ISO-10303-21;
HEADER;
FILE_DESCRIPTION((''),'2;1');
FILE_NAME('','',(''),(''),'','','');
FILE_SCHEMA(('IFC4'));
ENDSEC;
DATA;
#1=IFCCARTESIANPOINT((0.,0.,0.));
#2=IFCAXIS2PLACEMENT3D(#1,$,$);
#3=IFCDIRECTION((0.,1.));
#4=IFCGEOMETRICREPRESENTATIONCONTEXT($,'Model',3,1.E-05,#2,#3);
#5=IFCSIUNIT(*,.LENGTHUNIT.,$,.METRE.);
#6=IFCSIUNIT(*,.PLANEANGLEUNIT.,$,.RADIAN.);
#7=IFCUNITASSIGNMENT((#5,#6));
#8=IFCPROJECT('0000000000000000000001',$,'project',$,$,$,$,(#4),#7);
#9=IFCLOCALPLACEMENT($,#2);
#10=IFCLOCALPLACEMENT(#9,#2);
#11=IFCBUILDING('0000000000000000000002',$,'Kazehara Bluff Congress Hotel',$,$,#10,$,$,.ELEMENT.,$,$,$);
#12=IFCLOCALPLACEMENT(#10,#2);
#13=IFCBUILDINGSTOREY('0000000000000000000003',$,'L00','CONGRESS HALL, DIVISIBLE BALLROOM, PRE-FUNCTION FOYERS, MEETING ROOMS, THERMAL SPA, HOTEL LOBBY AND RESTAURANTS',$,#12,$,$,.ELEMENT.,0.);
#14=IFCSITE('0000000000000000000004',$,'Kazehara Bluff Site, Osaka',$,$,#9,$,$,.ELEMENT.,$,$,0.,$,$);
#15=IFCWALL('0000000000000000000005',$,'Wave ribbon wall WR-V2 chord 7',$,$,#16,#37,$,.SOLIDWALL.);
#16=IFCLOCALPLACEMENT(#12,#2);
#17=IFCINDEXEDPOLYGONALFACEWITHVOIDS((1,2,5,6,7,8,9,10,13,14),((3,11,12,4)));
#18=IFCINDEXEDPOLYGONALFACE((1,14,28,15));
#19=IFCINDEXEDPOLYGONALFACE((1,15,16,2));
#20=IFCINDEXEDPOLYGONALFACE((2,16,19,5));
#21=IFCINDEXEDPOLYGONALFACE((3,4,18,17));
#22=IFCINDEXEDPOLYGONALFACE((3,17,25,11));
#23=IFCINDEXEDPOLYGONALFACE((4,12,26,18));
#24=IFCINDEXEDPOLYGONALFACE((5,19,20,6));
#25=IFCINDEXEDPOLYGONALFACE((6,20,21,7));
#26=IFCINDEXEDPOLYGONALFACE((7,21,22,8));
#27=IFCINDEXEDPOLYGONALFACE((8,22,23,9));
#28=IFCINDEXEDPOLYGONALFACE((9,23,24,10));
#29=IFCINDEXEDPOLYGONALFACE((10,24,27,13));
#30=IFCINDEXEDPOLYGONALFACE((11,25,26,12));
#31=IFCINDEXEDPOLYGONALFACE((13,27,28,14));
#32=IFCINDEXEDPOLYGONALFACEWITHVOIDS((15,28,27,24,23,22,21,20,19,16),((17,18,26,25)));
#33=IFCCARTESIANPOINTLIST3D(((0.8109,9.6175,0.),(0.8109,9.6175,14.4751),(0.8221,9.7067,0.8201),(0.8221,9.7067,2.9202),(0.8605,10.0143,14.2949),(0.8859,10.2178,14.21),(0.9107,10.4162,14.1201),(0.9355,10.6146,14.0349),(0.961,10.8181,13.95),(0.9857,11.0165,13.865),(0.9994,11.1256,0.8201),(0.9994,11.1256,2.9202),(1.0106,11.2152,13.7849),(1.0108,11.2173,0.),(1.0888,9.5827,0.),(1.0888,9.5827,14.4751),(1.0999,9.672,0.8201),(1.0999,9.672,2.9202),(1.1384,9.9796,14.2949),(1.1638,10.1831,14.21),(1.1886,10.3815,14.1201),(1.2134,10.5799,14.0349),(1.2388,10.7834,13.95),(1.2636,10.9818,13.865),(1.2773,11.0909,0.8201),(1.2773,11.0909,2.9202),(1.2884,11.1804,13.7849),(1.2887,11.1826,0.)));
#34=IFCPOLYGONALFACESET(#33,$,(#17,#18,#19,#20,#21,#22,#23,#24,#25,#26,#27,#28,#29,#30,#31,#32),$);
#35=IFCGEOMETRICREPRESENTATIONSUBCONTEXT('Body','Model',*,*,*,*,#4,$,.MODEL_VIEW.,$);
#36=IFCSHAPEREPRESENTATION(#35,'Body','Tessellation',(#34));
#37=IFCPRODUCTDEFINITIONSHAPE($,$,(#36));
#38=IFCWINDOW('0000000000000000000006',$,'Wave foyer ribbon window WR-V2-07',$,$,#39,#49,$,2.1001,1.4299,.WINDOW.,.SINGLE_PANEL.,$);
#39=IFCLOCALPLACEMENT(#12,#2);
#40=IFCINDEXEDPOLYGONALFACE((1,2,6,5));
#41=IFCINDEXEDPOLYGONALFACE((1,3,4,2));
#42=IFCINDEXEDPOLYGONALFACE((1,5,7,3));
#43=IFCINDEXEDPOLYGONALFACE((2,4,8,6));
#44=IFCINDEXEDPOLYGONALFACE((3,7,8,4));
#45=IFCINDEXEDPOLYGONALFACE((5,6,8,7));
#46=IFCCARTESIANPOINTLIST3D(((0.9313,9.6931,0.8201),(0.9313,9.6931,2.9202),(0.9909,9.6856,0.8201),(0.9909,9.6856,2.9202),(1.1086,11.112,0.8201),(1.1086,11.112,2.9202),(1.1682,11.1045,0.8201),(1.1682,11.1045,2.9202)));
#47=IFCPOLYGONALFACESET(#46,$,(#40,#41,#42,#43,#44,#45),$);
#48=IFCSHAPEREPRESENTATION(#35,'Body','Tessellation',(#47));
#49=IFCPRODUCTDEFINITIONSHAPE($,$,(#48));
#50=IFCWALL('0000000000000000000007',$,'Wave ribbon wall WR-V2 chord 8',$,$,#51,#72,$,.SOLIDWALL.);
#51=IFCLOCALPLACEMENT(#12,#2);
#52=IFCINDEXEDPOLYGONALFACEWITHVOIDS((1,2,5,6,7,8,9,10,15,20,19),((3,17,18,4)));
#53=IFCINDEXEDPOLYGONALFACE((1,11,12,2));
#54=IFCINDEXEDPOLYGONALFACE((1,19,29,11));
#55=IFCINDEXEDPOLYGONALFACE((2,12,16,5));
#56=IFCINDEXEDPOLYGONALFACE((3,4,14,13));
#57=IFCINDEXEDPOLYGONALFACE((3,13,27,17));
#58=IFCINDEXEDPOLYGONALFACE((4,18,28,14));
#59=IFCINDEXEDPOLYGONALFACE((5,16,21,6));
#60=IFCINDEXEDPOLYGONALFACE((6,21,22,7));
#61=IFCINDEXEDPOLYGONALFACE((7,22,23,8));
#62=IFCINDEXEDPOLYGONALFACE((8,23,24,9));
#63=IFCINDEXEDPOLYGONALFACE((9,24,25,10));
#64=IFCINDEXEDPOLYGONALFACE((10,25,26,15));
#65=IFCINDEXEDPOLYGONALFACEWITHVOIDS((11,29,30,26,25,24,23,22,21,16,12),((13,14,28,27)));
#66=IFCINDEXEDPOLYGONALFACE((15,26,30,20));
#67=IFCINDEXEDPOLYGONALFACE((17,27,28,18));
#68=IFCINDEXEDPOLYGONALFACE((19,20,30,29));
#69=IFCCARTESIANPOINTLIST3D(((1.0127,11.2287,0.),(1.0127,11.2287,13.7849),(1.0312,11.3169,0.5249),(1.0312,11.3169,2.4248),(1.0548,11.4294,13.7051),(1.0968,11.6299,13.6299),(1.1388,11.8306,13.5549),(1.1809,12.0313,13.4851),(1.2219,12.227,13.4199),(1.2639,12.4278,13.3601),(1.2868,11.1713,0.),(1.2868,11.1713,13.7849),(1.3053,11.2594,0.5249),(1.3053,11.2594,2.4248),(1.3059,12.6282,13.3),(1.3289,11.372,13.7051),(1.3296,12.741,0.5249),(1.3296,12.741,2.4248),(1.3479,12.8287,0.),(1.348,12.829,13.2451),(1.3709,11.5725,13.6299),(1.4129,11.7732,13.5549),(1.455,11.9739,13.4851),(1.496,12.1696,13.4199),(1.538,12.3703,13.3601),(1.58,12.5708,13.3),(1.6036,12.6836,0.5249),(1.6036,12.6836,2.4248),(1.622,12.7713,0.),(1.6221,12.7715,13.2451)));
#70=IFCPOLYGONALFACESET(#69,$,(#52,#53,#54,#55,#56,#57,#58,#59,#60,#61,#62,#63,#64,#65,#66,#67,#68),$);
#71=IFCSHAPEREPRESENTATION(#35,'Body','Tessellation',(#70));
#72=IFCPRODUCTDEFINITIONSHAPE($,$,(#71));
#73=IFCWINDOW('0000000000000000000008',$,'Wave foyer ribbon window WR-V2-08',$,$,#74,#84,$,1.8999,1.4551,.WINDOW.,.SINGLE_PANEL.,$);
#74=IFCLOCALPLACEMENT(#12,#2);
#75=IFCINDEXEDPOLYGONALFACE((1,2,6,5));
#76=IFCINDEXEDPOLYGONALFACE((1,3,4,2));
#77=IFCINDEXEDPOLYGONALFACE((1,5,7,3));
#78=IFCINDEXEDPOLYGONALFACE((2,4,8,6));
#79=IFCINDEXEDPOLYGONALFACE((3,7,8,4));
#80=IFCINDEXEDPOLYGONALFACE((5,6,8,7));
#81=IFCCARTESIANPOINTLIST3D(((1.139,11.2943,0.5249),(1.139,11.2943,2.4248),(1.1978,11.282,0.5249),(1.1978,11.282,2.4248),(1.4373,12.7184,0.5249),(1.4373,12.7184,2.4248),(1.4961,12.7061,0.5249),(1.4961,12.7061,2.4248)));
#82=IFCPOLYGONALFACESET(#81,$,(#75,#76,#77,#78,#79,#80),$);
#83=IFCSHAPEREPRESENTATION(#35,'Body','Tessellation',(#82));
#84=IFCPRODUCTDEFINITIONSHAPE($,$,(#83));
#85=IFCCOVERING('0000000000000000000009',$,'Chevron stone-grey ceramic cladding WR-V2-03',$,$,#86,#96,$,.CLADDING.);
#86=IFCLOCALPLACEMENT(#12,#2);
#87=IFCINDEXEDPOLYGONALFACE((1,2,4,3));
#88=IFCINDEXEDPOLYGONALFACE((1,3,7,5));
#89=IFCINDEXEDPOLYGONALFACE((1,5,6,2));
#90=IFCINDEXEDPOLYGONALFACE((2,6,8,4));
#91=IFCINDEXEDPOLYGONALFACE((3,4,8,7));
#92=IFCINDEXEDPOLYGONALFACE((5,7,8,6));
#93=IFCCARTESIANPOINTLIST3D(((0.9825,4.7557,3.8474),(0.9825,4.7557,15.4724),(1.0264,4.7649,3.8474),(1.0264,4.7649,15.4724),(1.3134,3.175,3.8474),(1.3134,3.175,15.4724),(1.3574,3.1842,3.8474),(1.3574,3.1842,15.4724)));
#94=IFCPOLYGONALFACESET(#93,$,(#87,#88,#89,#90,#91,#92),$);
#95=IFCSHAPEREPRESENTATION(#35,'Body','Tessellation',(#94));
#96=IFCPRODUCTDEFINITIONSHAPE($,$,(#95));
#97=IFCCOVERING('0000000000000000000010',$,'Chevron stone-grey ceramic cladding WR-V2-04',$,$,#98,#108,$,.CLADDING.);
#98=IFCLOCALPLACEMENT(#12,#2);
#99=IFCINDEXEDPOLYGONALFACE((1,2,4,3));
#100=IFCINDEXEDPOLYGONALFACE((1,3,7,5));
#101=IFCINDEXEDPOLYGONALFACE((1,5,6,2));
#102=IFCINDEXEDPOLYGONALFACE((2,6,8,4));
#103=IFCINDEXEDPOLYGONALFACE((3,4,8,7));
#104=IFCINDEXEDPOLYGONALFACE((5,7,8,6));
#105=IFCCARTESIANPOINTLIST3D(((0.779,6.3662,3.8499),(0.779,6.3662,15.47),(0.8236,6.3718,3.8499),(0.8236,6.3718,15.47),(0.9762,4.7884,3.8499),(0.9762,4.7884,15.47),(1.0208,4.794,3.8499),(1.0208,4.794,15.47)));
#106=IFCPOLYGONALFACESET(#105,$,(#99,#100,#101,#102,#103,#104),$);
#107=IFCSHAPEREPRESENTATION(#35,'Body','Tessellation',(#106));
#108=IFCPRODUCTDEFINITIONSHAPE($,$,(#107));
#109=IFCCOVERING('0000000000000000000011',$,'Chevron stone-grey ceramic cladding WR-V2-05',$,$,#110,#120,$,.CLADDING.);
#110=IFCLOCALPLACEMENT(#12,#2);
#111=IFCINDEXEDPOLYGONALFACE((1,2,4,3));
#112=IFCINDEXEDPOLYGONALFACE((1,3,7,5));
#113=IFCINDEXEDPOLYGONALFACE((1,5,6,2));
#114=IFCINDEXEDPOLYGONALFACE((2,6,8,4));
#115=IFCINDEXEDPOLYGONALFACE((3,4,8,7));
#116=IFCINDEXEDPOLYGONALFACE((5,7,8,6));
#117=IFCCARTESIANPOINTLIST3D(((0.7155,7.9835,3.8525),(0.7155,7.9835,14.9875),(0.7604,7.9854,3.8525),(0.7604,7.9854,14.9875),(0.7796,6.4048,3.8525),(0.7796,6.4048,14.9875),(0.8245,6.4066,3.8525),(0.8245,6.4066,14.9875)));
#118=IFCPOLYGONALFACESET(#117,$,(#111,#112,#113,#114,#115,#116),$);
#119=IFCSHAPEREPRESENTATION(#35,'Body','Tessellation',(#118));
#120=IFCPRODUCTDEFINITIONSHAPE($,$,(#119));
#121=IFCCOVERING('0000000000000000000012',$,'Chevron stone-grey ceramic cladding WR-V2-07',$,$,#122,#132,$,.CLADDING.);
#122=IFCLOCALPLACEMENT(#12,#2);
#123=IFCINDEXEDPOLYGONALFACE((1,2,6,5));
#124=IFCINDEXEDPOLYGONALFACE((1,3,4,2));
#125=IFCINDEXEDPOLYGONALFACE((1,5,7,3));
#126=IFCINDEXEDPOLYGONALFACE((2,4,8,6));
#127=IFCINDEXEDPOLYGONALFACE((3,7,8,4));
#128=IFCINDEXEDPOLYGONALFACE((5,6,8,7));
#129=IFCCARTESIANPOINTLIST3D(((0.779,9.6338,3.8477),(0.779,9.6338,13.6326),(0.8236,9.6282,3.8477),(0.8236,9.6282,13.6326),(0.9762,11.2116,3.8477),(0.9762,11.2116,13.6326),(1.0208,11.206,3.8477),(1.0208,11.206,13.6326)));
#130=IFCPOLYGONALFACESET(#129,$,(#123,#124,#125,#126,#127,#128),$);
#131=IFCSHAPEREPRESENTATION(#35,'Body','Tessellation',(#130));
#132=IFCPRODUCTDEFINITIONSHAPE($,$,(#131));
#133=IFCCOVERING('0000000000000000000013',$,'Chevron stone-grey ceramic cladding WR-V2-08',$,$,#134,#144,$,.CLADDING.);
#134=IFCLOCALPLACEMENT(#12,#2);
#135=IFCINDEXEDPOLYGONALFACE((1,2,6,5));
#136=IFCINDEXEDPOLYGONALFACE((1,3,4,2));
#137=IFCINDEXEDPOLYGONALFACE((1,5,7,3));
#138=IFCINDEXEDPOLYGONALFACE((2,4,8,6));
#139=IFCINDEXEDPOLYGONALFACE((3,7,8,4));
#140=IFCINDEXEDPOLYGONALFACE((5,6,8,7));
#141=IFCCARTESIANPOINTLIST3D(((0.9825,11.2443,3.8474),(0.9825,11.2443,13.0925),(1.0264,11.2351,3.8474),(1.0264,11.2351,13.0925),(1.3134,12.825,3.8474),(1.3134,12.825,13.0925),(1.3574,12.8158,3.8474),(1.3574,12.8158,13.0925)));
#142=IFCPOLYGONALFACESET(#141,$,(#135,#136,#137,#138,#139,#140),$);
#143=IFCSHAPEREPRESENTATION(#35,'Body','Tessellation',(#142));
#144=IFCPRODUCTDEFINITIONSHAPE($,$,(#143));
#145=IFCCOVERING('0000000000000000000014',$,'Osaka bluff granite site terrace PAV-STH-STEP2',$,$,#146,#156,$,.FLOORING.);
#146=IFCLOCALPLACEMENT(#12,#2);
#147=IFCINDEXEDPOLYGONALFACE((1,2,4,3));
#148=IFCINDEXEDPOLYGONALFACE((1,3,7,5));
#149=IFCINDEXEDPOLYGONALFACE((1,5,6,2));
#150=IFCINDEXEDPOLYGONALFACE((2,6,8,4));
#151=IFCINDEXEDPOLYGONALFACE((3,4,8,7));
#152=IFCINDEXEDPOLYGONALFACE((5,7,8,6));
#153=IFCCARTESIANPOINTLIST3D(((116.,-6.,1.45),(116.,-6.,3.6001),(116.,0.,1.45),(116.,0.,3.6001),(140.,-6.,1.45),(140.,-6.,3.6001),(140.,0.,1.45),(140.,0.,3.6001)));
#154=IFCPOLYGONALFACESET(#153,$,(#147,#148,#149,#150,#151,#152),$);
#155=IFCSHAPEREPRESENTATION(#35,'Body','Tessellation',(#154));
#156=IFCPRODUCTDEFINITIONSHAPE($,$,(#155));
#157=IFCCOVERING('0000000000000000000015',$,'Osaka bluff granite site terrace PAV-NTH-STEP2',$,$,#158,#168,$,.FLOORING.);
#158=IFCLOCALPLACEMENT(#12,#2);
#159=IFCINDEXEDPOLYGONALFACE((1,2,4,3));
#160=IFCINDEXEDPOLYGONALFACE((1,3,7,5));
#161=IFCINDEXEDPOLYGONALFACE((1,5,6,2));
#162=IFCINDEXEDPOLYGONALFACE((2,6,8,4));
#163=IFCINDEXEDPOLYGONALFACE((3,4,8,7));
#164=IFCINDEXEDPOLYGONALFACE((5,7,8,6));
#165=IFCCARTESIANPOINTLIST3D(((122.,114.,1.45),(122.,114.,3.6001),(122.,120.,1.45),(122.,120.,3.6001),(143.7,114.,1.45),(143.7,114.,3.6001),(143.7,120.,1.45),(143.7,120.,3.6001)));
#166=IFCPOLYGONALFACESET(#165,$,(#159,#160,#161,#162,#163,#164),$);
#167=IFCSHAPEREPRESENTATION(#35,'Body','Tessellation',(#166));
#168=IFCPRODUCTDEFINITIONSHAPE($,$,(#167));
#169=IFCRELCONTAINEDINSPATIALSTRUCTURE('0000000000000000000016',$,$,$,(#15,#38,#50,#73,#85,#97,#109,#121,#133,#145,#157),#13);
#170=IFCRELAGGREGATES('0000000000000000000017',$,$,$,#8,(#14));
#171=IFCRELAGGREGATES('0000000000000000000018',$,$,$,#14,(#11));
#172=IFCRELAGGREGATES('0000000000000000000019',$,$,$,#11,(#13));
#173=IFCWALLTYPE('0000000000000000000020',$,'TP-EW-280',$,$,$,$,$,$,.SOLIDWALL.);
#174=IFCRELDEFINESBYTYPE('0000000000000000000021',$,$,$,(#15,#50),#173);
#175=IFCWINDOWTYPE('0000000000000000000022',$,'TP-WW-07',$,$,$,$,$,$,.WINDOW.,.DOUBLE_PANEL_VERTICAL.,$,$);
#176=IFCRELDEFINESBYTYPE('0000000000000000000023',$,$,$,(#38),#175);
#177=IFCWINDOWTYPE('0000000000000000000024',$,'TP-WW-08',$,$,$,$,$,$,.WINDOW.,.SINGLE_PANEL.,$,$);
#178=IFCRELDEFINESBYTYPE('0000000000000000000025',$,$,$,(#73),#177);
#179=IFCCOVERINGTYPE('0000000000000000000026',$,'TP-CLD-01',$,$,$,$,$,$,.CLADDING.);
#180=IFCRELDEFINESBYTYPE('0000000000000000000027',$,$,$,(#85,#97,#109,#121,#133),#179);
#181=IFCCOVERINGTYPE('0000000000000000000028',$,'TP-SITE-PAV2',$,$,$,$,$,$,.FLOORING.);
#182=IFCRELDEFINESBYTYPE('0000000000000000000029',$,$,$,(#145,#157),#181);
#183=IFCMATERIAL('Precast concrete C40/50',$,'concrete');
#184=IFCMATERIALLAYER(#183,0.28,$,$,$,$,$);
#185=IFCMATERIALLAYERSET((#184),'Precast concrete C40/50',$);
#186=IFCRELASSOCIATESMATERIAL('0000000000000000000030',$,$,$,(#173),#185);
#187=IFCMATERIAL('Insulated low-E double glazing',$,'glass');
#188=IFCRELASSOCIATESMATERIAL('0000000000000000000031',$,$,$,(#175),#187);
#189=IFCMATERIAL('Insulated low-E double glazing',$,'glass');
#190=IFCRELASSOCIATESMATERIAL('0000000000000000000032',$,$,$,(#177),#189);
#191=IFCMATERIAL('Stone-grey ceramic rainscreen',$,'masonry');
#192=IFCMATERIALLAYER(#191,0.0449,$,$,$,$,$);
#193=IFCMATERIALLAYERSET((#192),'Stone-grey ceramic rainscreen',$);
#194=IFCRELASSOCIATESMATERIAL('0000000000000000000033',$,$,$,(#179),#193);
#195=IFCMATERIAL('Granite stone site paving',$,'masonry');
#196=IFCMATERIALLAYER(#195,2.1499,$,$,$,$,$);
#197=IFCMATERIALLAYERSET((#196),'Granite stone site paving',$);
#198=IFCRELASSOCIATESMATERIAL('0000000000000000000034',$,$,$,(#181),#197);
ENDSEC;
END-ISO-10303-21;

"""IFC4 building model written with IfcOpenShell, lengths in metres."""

from ifc_helpers import new_model, si_unit, direction, frame, frame_2d, origin, origin_2d, place, context, subcontext, project, spatial, polyline, rectangle, outline, extrude, material, layer, layer_set, type_object, element, fill, save


model = new_model("IFC4")

# Units and contexts
model_context = context("Model", 3, precision=1e-05, world=origin(), true_north=direction((0.0, 1.0)))
body_context = subcontext(model_context, "Body", "Model", "MODEL_VIEW")
ifc_project = project(units=[si_unit("LENGTHUNIT", "METRE"), si_unit("PLANEANGLEUNIT", "RADIAN")], contexts=[model_context])

# Site, building, storey
site_placement = place(None, origin())
site = spatial("IfcSite", under=ifc_project, at=site_placement, Name="Kazehara Bluff Site, Osaka", CompositionType="ELEMENT", RefElevation=0.0)
building_placement = place(site_placement, origin())
building = spatial("IfcBuilding", under=site, at=building_placement, Name="Kazehara Bluff Congress Hotel", CompositionType="ELEMENT")
storey_placement = place(building_placement, origin())
storey = spatial("IfcBuildingStorey", under=building, at=storey_placement, Name="L00", Description="CONGRESS HALL, DIVISIBLE BALLROOM, PRE-FUNCTION FOYERS, MEETING ROOMS, THERMAL SPA, HOTEL LOBBY AND RESTAURANTS", CompositionType="ELEMENT", Elevation=0.0)

# Walls, openings, windows
ifc_material_1 = material(Name="Precast concrete C40/50", Category="concrete")
ifc_layer_1 = layer(ifc_material_1, 0.28)
ifc_layer_set_1 = layer_set([ifc_layer_1], Name="Precast concrete C40/50")
wall_type = type_object("IfcWallType", Name="TP-EW-280", PredefinedType="SOLIDWALL", material=ifc_layer_set_1)
wall_1_placement = place(storey_placement, frame((0.95, 9.6001, 0.0), z_axis=(0.0, 0.0, 1.0), x_axis=(0.124016, 0.99228, 0.0)))
wall_1 = element("IfcWall", 1, at=wall_1_placement, inside=storey, type_object=wall_type, Name="Wave ribbon wall WR-V2 chord 7", PredefinedType="SOLIDWALL", context=body_context, shape_type="SweptSolid", body=[
    extrude(outline(polyline([(0.0, 0.0), (1.6123, 0.0), (1.6101, 13.7849), (1.4099, 13.865), (1.21, 13.95), (1.0049, 14.0349), (0.8049, 14.1201), (0.605, 14.21), (0.3999, 14.2949), (0.2, 14.385), (0.0, 14.4751), (0.0, 0.0)])), frame((0.0, 0.1401, 0.0), z_axis=(0.0, -1.0, 0.0), x_axis=(1.0, 0.0, 0.0)), (0.0, 0.0, 1.0), 0.28),
])
opening_1_placement = place(wall_1_placement, frame((0.0901, 0.0, 0.8201)))
opening_1 = element("IfcOpeningElement", 2, at=opening_1_placement, cuts=wall_1, PredefinedType="OPENING", context=body_context, shape_type="SweptSolid", body=[
    extrude(rectangle(XDim=1.4299, YDim=2.1001, at=frame_2d((0.7148, 1.05))), frame((0.0, 0.1499, 0.0), z_axis=(0.0, -1.0, 0.0), x_axis=(1.0, 0.0, 0.0)), (0.0, 0.0, 1.0), 0.3),
])
ifc_material_2 = material(Name="Insulated low-E double glazing", Category="glass")
window_type_1 = type_object("IfcWindowType", Name="TP-WW-07", PartitioningType="DOUBLE_PANEL_VERTICAL", PredefinedType="WINDOW", material=ifc_material_2)
window_1_placement = place(opening_1_placement, origin())
window_1 = element("IfcWindow", 3, at=window_1_placement, inside=storey, type_object=window_type_1, Name="Wave foyer ribbon window WR-V2-07", OverallHeight=2.1001, OverallWidth=1.4299, PartitioningType="SINGLE_PANEL", PredefinedType="WINDOW", context=body_context, shape_type="SweptSolid", body=[
    extrude(rectangle(XDim=1.4299, YDim=2.1001, at=frame_2d((0.7148, 1.05))), frame((0.0, 0.03, 0.0), z_axis=(0.0, -1.0, 0.0), x_axis=(1.0, 0.0, 0.0)), (0.0, 0.0, 1.0), 0.0601),
])
fill(opening_1, window_1)
wall_2_placement = place(storey_placement, frame((1.1499, 11.2, 0.0), z_axis=(0.0, 0.0, 1.0), x_axis=(0.205039, 0.978754, 0.0)))
wall_2 = element("IfcWall", 4, at=wall_2_placement, inside=storey, type_object=wall_type, Name="Wave ribbon wall WR-V2 chord 8", PredefinedType="SOLIDWALL", context=body_context, shape_type="SweptSolid", body=[
    extrude(outline(polyline([(0.0, 0.0), (1.6348, 0.0), (1.635, 13.2451), (1.4299, 13.3), (1.2251, 13.3601), (1.02, 13.4199), (0.8201, 13.4851), (0.615, 13.5549), (0.4099, 13.6299), (0.2051, 13.7051), (0.0, 13.7849), (0.0, 0.0)])), frame((0.0, 0.1401, 0.0), z_axis=(0.0, -1.0, 0.0), x_axis=(1.0, 0.0, 0.0)), (0.0, 0.0, 1.0), 0.28),
])
opening_2_placement = place(wall_2_placement, frame((0.0901, 0.0, 0.5249)))
opening_2 = element("IfcOpeningElement", 5, at=opening_2_placement, cuts=wall_2, PredefinedType="OPENING", context=body_context, shape_type="SweptSolid", body=[
    extrude(rectangle(XDim=1.4551, YDim=1.8999, at=frame_2d((0.7275, 0.95))), frame((0.0, 0.1499, 0.0), z_axis=(0.0, -1.0, 0.0), x_axis=(1.0, 0.0, 0.0)), (0.0, 0.0, 1.0), 0.3),
])
ifc_material_3 = material(Name="Insulated low-E double glazing", Category="glass")
window_type_2 = type_object("IfcWindowType", Name="TP-WW-08", PartitioningType="SINGLE_PANEL", PredefinedType="WINDOW", material=ifc_material_3)
window_2_placement = place(opening_2_placement, origin())
window_2 = element("IfcWindow", 6, at=window_2_placement, inside=storey, type_object=window_type_2, Name="Wave foyer ribbon window WR-V2-08", OverallHeight=1.8999, OverallWidth=1.4551, PartitioningType="SINGLE_PANEL", PredefinedType="WINDOW", context=body_context, shape_type="SweptSolid", body=[
    extrude(rectangle(XDim=1.4551, YDim=1.8999, at=frame_2d((0.7275, 0.95))), frame((0.0, 0.03, 0.0), z_axis=(0.0, -1.0, 0.0), x_axis=(1.0, 0.0, 0.0)), (0.0, 0.0, 1.0), 0.0601),
])
fill(opening_2, window_2)

# Coverings
ifc_material_4 = material(Name="Stone-grey ceramic rainscreen", Category="masonry")
ifc_layer_2 = layer(ifc_material_4, 0.0449)
ifc_layer_set_2 = layer_set([ifc_layer_2], Name="Stone-grey ceramic rainscreen")
covering_type_1 = type_object("IfcCoveringType", Name="TP-CLD-01", PredefinedType="CLADDING", material=ifc_layer_set_2)
covering_1_placement = place(storey_placement, frame((1.1699, 3.97, 3.8474), z_axis=(0.0, 0.0, 1.0), x_axis=(-0.204932, 0.978776, 0.0)))
element("IfcCovering", 7, at=covering_1_placement, inside=storey, type_object=covering_type_1, Name="Chevron stone-grey ceramic cladding WR-V2-03", PredefinedType="CLADDING", context=body_context, shape_type="SweptSolid", body=[
    extrude(rectangle(XDim=1.615, YDim=0.0449, at=origin_2d()), origin(), (0.0, 0.0, 1.0), 11.625),
])
covering_2_placement = place(storey_placement, frame((0.8999, 5.5801, 3.8499), z_axis=(0.0, 0.0, 1.0), x_axis=(-0.124034, 0.992278, 0.0)))
element("IfcCovering", 8, at=covering_2_placement, inside=storey, type_object=covering_type_1, Name="Chevron stone-grey ceramic cladding WR-V2-04", PredefinedType="CLADDING", context=body_context, shape_type="SweptSolid", body=[
    extrude(rectangle(XDim=1.5901, YDim=0.0449, at=origin_2d()), origin(), (0.0, 0.0, 1.0), 11.6201),
])
covering_3_placement = place(storey_placement, frame((0.77, 7.1951, 3.8525), z_axis=(0.0, 0.0, 1.0), x_axis=(-0.040592, 0.999176, 0.0)))
element("IfcCovering", 9, at=covering_3_placement, inside=storey, type_object=covering_type_1, Name="Chevron stone-grey ceramic cladding WR-V2-05", PredefinedType="CLADDING", context=body_context, shape_type="SweptSolid", body=[
    extrude(rectangle(XDim=1.5801, YDim=0.0449, at=origin_2d()), origin(), (0.0, 0.0, 1.0), 11.135),
])
covering_4_placement = place(storey_placement, frame((0.8999, 10.4199, 3.8477), z_axis=(0.0, 0.0, 1.0), x_axis=(0.124034, 0.992278, 0.0)))
element("IfcCovering", 10, at=covering_4_placement, inside=storey, type_object=covering_type_1, Name="Chevron stone-grey ceramic cladding WR-V2-07", PredefinedType="CLADDING", context=body_context, shape_type="SweptSolid", body=[
    extrude(rectangle(XDim=1.5901, YDim=0.0449, at=origin_2d()), origin(), (0.0, 0.0, 1.0), 9.7849),
])
covering_5_placement = place(storey_placement, frame((1.1699, 12.03, 3.8474), z_axis=(0.0, 0.0, 1.0), x_axis=(0.204932, 0.978776, 0.0)))
element("IfcCovering", 11, at=covering_5_placement, inside=storey, type_object=covering_type_1, Name="Chevron stone-grey ceramic cladding WR-V2-08", PredefinedType="CLADDING", context=body_context, shape_type="SweptSolid", body=[
    extrude(rectangle(XDim=1.615, YDim=0.0449, at=origin_2d()), origin(), (0.0, 0.0, 1.0), 9.2451),
])
ifc_material_5 = material(Name="Granite stone site paving", Category="masonry")
ifc_layer_3 = layer(ifc_material_5, 2.1499)
ifc_layer_set_3 = layer_set([ifc_layer_3], Name="Granite stone site paving")
covering_type_2 = type_object("IfcCoveringType", Name="TP-SITE-PAV2", PredefinedType="FLOORING", material=ifc_layer_set_3)
covering_6_placement = place(storey_placement, frame((0.0, 0.0, 1.45)))
element("IfcCovering", 12, at=covering_6_placement, inside=storey, type_object=covering_type_2, Name="Osaka bluff granite site terrace PAV-STH-STEP2", PredefinedType="FLOORING", context=body_context, shape_type="SweptSolid", body=[
    extrude(outline(polyline([(116.0, -6.0), (140.0, -6.0), (140.0, 0.0), (116.0, 0.0), (116.0, -6.0)])), origin(), (0.0, 0.0, 1.0), 2.1501),
])
covering_7_placement = place(storey_placement, frame((0.0, 0.0, 1.45)))
element("IfcCovering", 13, at=covering_7_placement, inside=storey, type_object=covering_type_2, Name="Osaka bluff granite site terrace PAV-NTH-STEP2", PredefinedType="FLOORING", context=body_context, shape_type="SweptSolid", body=[
    extrude(outline(polyline([(122.0, 114.0), (143.7, 114.0), (143.7, 120.0), (122.0, 120.0), (122.0, 114.0)])), origin(), (0.0, 0.0, 1.0), 2.1501),
])

save(model, "model.ifc")
